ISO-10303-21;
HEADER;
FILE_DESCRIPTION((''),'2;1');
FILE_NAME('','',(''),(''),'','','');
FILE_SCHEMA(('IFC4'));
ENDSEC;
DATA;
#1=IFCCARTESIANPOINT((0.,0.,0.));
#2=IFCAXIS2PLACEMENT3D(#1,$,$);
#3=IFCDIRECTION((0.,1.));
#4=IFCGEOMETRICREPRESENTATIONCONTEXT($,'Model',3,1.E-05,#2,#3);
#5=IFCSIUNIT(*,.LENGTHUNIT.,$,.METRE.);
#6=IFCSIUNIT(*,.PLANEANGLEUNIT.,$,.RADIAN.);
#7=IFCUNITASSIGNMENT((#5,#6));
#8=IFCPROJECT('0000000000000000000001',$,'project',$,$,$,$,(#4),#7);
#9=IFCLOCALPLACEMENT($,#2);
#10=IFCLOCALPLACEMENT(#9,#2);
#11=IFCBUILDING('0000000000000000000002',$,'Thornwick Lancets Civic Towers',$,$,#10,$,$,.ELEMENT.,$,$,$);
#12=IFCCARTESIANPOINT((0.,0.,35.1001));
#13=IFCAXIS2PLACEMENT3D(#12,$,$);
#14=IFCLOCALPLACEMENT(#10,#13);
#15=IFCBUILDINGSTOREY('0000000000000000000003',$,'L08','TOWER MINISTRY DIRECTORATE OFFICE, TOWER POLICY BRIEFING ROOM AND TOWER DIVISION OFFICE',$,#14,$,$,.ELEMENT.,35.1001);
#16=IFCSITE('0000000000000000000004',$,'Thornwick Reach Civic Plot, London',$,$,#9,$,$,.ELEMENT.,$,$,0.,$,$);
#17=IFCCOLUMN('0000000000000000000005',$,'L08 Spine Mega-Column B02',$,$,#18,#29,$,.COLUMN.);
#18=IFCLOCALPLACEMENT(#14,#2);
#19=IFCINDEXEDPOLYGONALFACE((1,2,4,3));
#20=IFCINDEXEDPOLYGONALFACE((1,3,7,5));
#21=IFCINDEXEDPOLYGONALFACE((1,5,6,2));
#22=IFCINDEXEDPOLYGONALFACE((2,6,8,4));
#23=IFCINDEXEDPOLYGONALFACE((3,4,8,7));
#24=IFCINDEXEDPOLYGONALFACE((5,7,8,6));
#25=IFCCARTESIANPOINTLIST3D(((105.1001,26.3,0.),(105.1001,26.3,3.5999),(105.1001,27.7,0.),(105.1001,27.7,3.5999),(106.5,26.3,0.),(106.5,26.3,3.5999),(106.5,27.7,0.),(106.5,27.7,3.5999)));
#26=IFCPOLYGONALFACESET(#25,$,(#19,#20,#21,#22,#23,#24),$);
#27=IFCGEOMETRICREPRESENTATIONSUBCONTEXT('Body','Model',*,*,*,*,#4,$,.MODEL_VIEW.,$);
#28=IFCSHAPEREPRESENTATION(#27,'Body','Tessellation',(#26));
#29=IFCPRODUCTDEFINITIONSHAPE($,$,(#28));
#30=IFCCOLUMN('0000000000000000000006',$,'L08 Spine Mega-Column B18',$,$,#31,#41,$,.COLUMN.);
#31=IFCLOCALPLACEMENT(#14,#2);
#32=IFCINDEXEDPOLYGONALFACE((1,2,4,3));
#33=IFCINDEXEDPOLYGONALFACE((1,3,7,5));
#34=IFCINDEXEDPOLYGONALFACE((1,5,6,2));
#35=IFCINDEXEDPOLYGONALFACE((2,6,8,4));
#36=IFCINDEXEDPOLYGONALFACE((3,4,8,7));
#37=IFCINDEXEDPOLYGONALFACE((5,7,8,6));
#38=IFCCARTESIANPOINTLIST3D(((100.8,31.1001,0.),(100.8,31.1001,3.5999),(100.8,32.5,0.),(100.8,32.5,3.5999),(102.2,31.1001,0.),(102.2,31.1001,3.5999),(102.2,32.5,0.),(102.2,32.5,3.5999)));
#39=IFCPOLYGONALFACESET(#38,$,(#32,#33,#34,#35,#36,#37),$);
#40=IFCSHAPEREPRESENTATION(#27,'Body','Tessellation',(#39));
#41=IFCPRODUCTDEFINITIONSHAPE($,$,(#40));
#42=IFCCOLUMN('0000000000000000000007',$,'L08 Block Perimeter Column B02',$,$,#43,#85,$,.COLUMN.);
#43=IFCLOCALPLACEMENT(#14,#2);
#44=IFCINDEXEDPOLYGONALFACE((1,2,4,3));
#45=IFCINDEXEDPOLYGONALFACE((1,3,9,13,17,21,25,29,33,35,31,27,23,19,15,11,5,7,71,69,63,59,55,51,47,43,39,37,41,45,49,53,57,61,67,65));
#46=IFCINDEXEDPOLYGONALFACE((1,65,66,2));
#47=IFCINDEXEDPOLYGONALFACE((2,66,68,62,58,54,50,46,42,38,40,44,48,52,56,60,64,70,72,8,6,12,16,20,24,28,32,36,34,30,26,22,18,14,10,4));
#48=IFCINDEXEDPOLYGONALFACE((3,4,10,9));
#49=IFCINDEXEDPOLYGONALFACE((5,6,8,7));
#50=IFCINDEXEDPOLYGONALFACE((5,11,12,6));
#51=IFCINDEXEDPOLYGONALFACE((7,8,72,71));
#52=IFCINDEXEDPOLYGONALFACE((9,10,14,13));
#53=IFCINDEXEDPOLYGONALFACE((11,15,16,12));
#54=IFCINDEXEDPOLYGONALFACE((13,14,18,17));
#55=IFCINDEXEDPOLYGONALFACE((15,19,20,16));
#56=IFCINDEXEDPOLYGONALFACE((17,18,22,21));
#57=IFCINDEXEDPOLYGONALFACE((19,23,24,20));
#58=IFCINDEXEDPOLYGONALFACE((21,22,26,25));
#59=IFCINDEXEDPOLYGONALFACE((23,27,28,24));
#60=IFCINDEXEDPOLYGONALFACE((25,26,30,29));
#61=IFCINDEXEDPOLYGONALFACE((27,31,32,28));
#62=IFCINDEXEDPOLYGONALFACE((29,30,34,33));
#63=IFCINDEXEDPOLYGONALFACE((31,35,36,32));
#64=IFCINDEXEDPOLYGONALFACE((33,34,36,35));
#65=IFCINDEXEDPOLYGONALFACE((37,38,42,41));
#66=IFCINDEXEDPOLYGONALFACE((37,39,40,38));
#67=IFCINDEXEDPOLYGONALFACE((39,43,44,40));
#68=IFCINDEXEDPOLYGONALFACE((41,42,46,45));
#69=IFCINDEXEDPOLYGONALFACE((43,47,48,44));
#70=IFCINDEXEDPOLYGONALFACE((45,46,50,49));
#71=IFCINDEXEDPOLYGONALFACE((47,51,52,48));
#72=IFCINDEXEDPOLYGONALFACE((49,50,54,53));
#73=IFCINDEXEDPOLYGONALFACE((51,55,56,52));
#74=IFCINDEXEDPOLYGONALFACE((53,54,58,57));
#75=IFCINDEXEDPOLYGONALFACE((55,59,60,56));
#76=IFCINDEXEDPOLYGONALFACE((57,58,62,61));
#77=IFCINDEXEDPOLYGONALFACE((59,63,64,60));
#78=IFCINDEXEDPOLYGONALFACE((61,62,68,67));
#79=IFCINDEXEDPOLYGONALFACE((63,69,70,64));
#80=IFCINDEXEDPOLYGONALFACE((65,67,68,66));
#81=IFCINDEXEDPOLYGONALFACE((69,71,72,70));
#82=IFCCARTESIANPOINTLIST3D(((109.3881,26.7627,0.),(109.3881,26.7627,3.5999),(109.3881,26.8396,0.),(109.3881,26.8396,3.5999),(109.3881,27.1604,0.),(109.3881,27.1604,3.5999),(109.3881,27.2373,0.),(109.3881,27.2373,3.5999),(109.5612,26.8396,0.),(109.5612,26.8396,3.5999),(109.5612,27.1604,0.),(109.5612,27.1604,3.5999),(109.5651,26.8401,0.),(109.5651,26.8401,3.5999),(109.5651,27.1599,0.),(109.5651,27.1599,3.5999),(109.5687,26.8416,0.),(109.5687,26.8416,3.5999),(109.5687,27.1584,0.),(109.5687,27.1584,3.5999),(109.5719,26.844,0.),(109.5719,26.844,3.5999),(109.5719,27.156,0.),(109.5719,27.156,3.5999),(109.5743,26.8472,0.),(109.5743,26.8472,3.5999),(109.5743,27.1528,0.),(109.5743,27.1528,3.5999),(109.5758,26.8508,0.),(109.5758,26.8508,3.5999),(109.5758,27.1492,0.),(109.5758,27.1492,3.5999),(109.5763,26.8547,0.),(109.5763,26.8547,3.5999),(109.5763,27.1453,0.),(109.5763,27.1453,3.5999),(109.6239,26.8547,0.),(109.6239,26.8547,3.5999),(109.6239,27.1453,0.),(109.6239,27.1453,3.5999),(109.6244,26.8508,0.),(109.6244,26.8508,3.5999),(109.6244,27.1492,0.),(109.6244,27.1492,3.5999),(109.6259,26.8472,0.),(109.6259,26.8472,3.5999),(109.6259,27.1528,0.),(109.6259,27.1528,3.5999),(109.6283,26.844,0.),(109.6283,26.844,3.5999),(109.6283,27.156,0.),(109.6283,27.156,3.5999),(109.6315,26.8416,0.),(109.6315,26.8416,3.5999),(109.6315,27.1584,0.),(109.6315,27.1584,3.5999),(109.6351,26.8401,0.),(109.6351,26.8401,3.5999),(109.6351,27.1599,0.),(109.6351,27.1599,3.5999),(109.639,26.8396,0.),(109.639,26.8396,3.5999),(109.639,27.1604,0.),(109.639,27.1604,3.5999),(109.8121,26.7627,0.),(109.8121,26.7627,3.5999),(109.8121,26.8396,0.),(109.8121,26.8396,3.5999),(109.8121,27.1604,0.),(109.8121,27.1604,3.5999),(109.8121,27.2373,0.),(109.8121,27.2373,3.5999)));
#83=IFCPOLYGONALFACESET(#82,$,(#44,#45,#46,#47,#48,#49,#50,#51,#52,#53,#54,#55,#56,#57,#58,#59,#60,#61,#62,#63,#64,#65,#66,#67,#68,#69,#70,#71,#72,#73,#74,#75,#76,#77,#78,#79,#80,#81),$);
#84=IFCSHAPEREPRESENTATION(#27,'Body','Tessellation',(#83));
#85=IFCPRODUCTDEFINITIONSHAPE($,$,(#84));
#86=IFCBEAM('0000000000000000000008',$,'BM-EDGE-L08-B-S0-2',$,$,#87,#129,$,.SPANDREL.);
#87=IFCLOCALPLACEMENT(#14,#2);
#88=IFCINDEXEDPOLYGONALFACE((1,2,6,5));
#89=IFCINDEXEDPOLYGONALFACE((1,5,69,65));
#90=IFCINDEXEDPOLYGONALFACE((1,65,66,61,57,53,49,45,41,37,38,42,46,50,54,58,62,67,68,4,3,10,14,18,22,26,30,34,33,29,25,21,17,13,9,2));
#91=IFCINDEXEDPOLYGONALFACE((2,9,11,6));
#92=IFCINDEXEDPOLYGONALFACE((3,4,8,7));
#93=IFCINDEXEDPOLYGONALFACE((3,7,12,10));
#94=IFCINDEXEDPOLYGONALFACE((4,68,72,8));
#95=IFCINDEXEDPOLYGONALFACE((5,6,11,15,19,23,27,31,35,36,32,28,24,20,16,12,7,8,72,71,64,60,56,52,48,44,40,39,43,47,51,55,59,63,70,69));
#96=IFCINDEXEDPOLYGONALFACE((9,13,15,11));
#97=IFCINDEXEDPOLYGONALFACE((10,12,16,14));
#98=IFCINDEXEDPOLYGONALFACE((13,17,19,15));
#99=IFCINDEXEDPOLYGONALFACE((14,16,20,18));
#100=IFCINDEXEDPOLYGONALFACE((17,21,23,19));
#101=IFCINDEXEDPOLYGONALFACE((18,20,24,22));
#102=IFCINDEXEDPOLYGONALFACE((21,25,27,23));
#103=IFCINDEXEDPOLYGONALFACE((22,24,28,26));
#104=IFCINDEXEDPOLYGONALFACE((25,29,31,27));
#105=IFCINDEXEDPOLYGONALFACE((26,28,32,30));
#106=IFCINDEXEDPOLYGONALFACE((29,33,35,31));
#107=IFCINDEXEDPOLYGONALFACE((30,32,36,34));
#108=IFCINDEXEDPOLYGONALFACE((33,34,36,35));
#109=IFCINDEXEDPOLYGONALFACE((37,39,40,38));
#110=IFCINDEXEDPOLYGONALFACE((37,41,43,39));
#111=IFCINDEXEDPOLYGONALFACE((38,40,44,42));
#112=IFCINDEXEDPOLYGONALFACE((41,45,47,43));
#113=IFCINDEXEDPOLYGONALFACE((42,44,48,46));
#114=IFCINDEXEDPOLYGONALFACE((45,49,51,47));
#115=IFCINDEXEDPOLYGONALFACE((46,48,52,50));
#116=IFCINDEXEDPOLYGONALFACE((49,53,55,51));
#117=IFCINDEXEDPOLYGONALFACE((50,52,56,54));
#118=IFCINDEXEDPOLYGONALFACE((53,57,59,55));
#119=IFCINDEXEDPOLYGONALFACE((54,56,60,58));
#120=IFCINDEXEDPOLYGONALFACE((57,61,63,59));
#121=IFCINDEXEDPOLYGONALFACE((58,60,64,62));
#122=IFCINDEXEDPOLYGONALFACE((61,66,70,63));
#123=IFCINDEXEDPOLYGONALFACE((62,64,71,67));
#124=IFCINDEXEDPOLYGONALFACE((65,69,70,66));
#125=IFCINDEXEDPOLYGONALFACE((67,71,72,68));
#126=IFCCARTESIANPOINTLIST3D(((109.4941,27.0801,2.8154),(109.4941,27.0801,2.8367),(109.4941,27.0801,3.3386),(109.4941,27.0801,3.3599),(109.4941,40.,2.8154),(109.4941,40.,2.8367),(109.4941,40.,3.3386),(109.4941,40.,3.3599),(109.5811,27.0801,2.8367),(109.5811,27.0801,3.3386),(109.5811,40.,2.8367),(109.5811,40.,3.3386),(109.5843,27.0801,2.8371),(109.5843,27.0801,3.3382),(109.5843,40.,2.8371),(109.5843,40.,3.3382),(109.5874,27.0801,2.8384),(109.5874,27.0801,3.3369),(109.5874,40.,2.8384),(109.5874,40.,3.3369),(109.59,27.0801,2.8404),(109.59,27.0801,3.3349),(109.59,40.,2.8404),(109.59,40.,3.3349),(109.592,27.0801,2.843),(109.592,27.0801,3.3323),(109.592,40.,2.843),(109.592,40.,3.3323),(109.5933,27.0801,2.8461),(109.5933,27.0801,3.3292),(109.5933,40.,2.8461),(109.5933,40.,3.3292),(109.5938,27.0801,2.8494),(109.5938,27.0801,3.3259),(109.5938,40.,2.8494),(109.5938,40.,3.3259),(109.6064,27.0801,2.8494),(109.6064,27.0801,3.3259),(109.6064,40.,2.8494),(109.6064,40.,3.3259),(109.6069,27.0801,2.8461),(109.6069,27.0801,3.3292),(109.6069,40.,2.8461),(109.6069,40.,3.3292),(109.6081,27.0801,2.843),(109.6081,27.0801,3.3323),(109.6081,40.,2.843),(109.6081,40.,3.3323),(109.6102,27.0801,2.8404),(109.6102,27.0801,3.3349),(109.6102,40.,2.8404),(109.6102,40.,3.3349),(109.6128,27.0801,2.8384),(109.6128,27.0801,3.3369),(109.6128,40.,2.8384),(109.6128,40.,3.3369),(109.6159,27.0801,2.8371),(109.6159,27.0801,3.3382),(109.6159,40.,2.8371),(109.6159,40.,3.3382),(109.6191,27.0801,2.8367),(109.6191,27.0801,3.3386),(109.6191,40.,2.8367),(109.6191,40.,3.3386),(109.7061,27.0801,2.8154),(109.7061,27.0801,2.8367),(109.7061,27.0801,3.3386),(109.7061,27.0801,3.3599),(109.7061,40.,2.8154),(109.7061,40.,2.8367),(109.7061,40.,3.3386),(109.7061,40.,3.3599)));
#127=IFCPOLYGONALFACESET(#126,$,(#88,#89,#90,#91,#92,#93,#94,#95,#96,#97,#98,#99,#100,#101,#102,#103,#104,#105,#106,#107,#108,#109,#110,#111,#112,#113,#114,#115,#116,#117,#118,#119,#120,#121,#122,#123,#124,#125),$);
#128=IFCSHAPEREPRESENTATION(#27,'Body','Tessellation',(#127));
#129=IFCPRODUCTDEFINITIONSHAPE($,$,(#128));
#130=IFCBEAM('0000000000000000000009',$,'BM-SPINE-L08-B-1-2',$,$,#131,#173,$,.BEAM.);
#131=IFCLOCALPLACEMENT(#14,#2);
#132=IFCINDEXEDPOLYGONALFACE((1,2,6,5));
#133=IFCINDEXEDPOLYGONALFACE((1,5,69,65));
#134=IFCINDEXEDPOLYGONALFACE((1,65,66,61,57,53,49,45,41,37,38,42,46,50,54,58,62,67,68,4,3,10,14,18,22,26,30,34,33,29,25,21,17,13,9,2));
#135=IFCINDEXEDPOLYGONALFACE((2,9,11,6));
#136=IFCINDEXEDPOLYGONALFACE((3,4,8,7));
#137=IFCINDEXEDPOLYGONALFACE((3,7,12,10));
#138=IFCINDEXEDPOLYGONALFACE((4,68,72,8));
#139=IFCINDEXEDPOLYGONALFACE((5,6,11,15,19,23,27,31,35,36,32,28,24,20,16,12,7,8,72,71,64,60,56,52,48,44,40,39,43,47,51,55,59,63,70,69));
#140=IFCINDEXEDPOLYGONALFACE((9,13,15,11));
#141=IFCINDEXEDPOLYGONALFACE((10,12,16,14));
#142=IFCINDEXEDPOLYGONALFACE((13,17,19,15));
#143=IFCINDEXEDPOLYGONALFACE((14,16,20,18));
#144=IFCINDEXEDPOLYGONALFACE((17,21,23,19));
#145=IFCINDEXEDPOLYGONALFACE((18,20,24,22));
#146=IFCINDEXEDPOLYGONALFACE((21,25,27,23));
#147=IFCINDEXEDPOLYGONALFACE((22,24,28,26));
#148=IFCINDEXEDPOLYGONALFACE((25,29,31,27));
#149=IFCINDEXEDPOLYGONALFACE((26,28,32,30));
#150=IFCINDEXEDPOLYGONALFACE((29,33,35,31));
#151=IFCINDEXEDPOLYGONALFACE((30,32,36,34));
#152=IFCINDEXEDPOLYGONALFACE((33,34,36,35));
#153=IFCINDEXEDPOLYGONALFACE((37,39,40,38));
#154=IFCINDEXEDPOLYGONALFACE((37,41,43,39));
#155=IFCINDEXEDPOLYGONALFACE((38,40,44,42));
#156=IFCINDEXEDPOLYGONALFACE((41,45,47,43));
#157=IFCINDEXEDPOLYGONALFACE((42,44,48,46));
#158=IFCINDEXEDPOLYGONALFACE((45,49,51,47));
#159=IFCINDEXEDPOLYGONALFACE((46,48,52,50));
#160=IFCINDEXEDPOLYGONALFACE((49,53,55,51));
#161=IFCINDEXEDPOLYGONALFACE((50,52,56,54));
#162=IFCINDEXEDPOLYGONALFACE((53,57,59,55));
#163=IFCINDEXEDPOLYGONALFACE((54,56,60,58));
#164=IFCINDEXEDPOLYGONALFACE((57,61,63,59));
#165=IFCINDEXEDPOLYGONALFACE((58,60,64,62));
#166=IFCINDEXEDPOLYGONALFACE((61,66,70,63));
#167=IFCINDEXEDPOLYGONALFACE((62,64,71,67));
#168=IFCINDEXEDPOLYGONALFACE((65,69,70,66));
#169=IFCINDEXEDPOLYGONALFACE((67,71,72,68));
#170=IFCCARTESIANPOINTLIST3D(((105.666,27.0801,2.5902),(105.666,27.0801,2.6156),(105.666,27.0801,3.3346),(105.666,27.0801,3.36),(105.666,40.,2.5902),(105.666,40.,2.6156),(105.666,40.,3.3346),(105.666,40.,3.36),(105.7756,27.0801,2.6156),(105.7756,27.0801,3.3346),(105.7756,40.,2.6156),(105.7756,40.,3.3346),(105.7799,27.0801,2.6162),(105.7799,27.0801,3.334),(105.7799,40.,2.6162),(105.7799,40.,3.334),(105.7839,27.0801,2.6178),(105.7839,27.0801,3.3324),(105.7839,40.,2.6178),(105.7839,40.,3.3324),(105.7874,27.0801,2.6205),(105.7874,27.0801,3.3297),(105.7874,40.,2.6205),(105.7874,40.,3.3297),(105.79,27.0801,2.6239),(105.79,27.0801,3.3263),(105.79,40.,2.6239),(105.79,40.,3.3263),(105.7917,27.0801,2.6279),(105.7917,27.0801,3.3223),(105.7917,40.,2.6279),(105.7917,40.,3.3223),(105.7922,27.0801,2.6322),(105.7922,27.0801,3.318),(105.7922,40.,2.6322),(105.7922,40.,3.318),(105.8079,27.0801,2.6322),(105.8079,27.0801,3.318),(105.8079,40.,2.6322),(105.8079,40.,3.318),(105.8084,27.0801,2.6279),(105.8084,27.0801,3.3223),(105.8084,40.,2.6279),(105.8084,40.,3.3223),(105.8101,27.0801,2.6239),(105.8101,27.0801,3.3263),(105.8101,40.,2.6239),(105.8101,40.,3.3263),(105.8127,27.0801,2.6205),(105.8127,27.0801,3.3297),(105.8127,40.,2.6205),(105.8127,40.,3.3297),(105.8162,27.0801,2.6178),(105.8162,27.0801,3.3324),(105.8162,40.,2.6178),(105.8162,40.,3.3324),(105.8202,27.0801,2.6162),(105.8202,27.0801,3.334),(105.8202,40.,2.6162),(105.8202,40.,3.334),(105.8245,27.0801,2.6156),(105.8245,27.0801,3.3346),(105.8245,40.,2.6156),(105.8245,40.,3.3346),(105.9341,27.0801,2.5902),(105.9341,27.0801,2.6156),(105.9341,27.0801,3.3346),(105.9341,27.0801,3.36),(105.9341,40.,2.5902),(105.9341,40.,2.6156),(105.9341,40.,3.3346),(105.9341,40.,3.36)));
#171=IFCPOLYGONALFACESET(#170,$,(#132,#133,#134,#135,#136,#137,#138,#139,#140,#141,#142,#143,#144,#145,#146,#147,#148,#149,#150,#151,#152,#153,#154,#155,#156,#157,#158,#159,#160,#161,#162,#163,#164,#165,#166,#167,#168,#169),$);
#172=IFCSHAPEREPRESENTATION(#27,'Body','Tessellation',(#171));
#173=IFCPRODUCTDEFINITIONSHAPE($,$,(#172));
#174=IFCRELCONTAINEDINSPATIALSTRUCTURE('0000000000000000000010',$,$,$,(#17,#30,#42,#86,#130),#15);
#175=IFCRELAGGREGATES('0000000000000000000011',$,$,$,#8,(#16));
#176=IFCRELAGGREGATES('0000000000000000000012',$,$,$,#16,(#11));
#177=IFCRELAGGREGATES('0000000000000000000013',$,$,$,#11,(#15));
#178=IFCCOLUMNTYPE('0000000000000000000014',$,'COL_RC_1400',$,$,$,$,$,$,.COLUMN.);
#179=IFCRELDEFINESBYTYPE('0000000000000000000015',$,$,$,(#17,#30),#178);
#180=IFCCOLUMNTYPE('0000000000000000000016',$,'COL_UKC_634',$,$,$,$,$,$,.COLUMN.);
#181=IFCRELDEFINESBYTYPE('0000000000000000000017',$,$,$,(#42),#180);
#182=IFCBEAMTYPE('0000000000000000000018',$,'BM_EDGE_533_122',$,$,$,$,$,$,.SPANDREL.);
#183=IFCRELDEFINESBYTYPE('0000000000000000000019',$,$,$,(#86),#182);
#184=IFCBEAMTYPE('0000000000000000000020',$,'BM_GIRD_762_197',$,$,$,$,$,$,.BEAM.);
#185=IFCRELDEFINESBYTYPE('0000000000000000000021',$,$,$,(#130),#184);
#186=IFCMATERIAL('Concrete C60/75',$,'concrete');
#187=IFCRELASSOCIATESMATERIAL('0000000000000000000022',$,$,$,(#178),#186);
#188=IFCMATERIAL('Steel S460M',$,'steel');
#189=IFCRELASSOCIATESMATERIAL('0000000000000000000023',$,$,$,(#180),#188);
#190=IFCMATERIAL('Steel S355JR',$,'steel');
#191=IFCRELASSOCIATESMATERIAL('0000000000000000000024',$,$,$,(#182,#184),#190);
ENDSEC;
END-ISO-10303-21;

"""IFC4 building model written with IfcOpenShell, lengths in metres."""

from ifc_helpers import new_model, si_unit, direction, frame, origin, origin_2d, place, context, subcontext, project, spatial, rectangle, i_section, extrude, material, material_profile, profile_set, type_object, element, save


model = new_model("IFC4")

# Units and contexts
model_context = context("Model", 3, precision=1e-05, world=origin(), true_north=direction((0.0, 1.0)))
body_context = subcontext(model_context, "Body", "Model", "MODEL_VIEW")
ifc_project = project(units=[si_unit("LENGTHUNIT", "METRE"), si_unit("PLANEANGLEUNIT", "RADIAN")], contexts=[model_context])

# Site, building, storey
site_placement = place(None, origin())
site = spatial("IfcSite", under=ifc_project, at=site_placement, Name="Thornwick Reach Civic Plot, London", CompositionType="ELEMENT", RefElevation=0.0)
building_placement = place(site_placement, origin())
building = spatial("IfcBuilding", under=site, at=building_placement, Name="Thornwick Lancets Civic Towers", CompositionType="ELEMENT")
storey_placement = place(building_placement, frame((0.0, 0.0, 35.1001)))
storey = spatial("IfcBuildingStorey", under=building, at=storey_placement, Name="L08", Description="TOWER MINISTRY DIRECTORATE OFFICE, TOWER POLICY BRIEFING ROOM AND TOWER DIVISION OFFICE", CompositionType="ELEMENT", Elevation=35.1001)

# Columns
ifc_material_1 = material(Name="Concrete C60/75", Category="concrete")
ifc_material_profile_1 = material_profile(ifc_material_1, rectangle(XDim=1.3999, YDim=1.3999, at=origin_2d()), Name="RC 1400x1400")
ifc_profile_set_1 = profile_set([ifc_material_profile_1], Name="Concrete C60/75")
column_type_1 = type_object("IfcColumnType", Name="COL_RC_1400", PredefinedType="COLUMN", material=ifc_profile_set_1)
for number, where, z_axis, x_axis, name in (
    (1, (105.8, 27.0, 0.0), (0.0, 0.0, 1.0), (1.0, 0.0, 0.0), "L08 Spine Mega-Column B02"),
    (2, (101.5, 31.8, 0.0), (0.0, 0.0, 1.0), (1.0, 0.0, 0.0), "L08 Spine Mega-Column B18"),
):
    element("IfcColumn", number, at=place(storey_placement, frame(where, z_axis=z_axis, x_axis=x_axis)), inside=storey, type_object=column_type_1, Name=name, PredefinedType="COLUMN", context=body_context, shape_type="SweptSolid", body=[
        extrude(rectangle(XDim=1.3999, YDim=1.3999, at=origin_2d()), origin(), (0.0, 0.0, 1.0), 3.5999),
    ])
ifc_material_2 = material(Name="Steel S460M", Category="steel")
ifc_material_profile_2 = material_profile(ifc_material_2, i_section(OverallWidth=0.4241, OverallDepth=0.4746, WebThickness=0.0476, FlangeThickness=0.0769, FilletRadius=0.0151, at=origin_2d()), Name="UKC 356x406x634")
ifc_profile_set_2 = profile_set([ifc_material_profile_2], Name="Steel S460M")
column_type_2 = type_object("IfcColumnType", Name="COL_UKC_634", PredefinedType="COLUMN", material=ifc_profile_set_2)
column_placement = place(storey_placement, frame((109.6001, 27.0, 0.0), z_axis=(0.0, 0.0, 1.0), x_axis=(1.0, 0.0, 0.0)))
element("IfcColumn", 3, at=column_placement, inside=storey, type_object=column_type_2, Name="L08 Block Perimeter Column B02", PredefinedType="COLUMN", context=body_context, shape_type="SweptSolid", body=[
    extrude(i_section(OverallWidth=0.4241, OverallDepth=0.4746, WebThickness=0.0476, FlangeThickness=0.0769, FilletRadius=0.0151, at=origin_2d()), origin(), (0.0, 0.0, 1.0), 3.5999),
])

# Beams
ifc_material_3 = material(Name="Steel S355JR", Category="steel")
ifc_material_profile_3 = material_profile(ifc_material_3, i_section(OverallWidth=0.2119, OverallDepth=0.5444, WebThickness=0.0127, FlangeThickness=0.0212, FilletRadius=0.0127, at=origin_2d()), Name="UKB 533x210x122")
ifc_profile_set_3 = profile_set([ifc_material_profile_3], Name="Steel S355JR")
beam_type_1 = type_object("IfcBeamType", Name="BM_EDGE_533_122", PredefinedType="SPANDREL", material=ifc_profile_set_3)
beam_1_placement = place(storey_placement, frame((109.6001, 27.0801, 3.0876), z_axis=(0.0, 1.0, 0.0), x_axis=(-1.0, 0.0, 0.0)))
element("IfcBeam", 4, at=beam_1_placement, inside=storey, type_object=beam_type_1, Name="BM-EDGE-L08-B-S0-2", PredefinedType="SPANDREL", context=body_context, shape_type="SweptSolid", body=[
    extrude(i_section(OverallWidth=0.2119, OverallDepth=0.5444, WebThickness=0.0127, FlangeThickness=0.0212, FilletRadius=0.0127, at=origin_2d()), origin(), (0.0, 0.0, 1.0), 12.9199),
])
ifc_material_profile_4 = material_profile(ifc_material_3, i_section(OverallWidth=0.2681, OverallDepth=0.7698, WebThickness=0.0156, FlangeThickness=0.0254, FilletRadius=0.0166, at=origin_2d()), Name="UKB 762x267x197")
ifc_profile_set_4 = profile_set([ifc_material_profile_4], Name="Steel S355JR")
beam_type_2 = type_object("IfcBeamType", Name="BM_GIRD_762_197", PredefinedType="BEAM", material=ifc_profile_set_4)
beam_2_placement = place(storey_placement, frame((105.8, 27.0801, 2.9751), z_axis=(0.0, 1.0, 0.0), x_axis=(-1.0, 0.0, 0.0)))
element("IfcBeam", 5, at=beam_2_placement, inside=storey, type_object=beam_type_2, Name="BM-SPINE-L08-B-1-2", PredefinedType="BEAM", context=body_context, shape_type="SweptSolid", body=[
    extrude(i_section(OverallWidth=0.2681, OverallDepth=0.7698, WebThickness=0.0156, FlangeThickness=0.0254, FilletRadius=0.0166, at=origin_2d()), origin(), (0.0, 0.0, 1.0), 12.9199),
])

save(model, "model.ifc")
